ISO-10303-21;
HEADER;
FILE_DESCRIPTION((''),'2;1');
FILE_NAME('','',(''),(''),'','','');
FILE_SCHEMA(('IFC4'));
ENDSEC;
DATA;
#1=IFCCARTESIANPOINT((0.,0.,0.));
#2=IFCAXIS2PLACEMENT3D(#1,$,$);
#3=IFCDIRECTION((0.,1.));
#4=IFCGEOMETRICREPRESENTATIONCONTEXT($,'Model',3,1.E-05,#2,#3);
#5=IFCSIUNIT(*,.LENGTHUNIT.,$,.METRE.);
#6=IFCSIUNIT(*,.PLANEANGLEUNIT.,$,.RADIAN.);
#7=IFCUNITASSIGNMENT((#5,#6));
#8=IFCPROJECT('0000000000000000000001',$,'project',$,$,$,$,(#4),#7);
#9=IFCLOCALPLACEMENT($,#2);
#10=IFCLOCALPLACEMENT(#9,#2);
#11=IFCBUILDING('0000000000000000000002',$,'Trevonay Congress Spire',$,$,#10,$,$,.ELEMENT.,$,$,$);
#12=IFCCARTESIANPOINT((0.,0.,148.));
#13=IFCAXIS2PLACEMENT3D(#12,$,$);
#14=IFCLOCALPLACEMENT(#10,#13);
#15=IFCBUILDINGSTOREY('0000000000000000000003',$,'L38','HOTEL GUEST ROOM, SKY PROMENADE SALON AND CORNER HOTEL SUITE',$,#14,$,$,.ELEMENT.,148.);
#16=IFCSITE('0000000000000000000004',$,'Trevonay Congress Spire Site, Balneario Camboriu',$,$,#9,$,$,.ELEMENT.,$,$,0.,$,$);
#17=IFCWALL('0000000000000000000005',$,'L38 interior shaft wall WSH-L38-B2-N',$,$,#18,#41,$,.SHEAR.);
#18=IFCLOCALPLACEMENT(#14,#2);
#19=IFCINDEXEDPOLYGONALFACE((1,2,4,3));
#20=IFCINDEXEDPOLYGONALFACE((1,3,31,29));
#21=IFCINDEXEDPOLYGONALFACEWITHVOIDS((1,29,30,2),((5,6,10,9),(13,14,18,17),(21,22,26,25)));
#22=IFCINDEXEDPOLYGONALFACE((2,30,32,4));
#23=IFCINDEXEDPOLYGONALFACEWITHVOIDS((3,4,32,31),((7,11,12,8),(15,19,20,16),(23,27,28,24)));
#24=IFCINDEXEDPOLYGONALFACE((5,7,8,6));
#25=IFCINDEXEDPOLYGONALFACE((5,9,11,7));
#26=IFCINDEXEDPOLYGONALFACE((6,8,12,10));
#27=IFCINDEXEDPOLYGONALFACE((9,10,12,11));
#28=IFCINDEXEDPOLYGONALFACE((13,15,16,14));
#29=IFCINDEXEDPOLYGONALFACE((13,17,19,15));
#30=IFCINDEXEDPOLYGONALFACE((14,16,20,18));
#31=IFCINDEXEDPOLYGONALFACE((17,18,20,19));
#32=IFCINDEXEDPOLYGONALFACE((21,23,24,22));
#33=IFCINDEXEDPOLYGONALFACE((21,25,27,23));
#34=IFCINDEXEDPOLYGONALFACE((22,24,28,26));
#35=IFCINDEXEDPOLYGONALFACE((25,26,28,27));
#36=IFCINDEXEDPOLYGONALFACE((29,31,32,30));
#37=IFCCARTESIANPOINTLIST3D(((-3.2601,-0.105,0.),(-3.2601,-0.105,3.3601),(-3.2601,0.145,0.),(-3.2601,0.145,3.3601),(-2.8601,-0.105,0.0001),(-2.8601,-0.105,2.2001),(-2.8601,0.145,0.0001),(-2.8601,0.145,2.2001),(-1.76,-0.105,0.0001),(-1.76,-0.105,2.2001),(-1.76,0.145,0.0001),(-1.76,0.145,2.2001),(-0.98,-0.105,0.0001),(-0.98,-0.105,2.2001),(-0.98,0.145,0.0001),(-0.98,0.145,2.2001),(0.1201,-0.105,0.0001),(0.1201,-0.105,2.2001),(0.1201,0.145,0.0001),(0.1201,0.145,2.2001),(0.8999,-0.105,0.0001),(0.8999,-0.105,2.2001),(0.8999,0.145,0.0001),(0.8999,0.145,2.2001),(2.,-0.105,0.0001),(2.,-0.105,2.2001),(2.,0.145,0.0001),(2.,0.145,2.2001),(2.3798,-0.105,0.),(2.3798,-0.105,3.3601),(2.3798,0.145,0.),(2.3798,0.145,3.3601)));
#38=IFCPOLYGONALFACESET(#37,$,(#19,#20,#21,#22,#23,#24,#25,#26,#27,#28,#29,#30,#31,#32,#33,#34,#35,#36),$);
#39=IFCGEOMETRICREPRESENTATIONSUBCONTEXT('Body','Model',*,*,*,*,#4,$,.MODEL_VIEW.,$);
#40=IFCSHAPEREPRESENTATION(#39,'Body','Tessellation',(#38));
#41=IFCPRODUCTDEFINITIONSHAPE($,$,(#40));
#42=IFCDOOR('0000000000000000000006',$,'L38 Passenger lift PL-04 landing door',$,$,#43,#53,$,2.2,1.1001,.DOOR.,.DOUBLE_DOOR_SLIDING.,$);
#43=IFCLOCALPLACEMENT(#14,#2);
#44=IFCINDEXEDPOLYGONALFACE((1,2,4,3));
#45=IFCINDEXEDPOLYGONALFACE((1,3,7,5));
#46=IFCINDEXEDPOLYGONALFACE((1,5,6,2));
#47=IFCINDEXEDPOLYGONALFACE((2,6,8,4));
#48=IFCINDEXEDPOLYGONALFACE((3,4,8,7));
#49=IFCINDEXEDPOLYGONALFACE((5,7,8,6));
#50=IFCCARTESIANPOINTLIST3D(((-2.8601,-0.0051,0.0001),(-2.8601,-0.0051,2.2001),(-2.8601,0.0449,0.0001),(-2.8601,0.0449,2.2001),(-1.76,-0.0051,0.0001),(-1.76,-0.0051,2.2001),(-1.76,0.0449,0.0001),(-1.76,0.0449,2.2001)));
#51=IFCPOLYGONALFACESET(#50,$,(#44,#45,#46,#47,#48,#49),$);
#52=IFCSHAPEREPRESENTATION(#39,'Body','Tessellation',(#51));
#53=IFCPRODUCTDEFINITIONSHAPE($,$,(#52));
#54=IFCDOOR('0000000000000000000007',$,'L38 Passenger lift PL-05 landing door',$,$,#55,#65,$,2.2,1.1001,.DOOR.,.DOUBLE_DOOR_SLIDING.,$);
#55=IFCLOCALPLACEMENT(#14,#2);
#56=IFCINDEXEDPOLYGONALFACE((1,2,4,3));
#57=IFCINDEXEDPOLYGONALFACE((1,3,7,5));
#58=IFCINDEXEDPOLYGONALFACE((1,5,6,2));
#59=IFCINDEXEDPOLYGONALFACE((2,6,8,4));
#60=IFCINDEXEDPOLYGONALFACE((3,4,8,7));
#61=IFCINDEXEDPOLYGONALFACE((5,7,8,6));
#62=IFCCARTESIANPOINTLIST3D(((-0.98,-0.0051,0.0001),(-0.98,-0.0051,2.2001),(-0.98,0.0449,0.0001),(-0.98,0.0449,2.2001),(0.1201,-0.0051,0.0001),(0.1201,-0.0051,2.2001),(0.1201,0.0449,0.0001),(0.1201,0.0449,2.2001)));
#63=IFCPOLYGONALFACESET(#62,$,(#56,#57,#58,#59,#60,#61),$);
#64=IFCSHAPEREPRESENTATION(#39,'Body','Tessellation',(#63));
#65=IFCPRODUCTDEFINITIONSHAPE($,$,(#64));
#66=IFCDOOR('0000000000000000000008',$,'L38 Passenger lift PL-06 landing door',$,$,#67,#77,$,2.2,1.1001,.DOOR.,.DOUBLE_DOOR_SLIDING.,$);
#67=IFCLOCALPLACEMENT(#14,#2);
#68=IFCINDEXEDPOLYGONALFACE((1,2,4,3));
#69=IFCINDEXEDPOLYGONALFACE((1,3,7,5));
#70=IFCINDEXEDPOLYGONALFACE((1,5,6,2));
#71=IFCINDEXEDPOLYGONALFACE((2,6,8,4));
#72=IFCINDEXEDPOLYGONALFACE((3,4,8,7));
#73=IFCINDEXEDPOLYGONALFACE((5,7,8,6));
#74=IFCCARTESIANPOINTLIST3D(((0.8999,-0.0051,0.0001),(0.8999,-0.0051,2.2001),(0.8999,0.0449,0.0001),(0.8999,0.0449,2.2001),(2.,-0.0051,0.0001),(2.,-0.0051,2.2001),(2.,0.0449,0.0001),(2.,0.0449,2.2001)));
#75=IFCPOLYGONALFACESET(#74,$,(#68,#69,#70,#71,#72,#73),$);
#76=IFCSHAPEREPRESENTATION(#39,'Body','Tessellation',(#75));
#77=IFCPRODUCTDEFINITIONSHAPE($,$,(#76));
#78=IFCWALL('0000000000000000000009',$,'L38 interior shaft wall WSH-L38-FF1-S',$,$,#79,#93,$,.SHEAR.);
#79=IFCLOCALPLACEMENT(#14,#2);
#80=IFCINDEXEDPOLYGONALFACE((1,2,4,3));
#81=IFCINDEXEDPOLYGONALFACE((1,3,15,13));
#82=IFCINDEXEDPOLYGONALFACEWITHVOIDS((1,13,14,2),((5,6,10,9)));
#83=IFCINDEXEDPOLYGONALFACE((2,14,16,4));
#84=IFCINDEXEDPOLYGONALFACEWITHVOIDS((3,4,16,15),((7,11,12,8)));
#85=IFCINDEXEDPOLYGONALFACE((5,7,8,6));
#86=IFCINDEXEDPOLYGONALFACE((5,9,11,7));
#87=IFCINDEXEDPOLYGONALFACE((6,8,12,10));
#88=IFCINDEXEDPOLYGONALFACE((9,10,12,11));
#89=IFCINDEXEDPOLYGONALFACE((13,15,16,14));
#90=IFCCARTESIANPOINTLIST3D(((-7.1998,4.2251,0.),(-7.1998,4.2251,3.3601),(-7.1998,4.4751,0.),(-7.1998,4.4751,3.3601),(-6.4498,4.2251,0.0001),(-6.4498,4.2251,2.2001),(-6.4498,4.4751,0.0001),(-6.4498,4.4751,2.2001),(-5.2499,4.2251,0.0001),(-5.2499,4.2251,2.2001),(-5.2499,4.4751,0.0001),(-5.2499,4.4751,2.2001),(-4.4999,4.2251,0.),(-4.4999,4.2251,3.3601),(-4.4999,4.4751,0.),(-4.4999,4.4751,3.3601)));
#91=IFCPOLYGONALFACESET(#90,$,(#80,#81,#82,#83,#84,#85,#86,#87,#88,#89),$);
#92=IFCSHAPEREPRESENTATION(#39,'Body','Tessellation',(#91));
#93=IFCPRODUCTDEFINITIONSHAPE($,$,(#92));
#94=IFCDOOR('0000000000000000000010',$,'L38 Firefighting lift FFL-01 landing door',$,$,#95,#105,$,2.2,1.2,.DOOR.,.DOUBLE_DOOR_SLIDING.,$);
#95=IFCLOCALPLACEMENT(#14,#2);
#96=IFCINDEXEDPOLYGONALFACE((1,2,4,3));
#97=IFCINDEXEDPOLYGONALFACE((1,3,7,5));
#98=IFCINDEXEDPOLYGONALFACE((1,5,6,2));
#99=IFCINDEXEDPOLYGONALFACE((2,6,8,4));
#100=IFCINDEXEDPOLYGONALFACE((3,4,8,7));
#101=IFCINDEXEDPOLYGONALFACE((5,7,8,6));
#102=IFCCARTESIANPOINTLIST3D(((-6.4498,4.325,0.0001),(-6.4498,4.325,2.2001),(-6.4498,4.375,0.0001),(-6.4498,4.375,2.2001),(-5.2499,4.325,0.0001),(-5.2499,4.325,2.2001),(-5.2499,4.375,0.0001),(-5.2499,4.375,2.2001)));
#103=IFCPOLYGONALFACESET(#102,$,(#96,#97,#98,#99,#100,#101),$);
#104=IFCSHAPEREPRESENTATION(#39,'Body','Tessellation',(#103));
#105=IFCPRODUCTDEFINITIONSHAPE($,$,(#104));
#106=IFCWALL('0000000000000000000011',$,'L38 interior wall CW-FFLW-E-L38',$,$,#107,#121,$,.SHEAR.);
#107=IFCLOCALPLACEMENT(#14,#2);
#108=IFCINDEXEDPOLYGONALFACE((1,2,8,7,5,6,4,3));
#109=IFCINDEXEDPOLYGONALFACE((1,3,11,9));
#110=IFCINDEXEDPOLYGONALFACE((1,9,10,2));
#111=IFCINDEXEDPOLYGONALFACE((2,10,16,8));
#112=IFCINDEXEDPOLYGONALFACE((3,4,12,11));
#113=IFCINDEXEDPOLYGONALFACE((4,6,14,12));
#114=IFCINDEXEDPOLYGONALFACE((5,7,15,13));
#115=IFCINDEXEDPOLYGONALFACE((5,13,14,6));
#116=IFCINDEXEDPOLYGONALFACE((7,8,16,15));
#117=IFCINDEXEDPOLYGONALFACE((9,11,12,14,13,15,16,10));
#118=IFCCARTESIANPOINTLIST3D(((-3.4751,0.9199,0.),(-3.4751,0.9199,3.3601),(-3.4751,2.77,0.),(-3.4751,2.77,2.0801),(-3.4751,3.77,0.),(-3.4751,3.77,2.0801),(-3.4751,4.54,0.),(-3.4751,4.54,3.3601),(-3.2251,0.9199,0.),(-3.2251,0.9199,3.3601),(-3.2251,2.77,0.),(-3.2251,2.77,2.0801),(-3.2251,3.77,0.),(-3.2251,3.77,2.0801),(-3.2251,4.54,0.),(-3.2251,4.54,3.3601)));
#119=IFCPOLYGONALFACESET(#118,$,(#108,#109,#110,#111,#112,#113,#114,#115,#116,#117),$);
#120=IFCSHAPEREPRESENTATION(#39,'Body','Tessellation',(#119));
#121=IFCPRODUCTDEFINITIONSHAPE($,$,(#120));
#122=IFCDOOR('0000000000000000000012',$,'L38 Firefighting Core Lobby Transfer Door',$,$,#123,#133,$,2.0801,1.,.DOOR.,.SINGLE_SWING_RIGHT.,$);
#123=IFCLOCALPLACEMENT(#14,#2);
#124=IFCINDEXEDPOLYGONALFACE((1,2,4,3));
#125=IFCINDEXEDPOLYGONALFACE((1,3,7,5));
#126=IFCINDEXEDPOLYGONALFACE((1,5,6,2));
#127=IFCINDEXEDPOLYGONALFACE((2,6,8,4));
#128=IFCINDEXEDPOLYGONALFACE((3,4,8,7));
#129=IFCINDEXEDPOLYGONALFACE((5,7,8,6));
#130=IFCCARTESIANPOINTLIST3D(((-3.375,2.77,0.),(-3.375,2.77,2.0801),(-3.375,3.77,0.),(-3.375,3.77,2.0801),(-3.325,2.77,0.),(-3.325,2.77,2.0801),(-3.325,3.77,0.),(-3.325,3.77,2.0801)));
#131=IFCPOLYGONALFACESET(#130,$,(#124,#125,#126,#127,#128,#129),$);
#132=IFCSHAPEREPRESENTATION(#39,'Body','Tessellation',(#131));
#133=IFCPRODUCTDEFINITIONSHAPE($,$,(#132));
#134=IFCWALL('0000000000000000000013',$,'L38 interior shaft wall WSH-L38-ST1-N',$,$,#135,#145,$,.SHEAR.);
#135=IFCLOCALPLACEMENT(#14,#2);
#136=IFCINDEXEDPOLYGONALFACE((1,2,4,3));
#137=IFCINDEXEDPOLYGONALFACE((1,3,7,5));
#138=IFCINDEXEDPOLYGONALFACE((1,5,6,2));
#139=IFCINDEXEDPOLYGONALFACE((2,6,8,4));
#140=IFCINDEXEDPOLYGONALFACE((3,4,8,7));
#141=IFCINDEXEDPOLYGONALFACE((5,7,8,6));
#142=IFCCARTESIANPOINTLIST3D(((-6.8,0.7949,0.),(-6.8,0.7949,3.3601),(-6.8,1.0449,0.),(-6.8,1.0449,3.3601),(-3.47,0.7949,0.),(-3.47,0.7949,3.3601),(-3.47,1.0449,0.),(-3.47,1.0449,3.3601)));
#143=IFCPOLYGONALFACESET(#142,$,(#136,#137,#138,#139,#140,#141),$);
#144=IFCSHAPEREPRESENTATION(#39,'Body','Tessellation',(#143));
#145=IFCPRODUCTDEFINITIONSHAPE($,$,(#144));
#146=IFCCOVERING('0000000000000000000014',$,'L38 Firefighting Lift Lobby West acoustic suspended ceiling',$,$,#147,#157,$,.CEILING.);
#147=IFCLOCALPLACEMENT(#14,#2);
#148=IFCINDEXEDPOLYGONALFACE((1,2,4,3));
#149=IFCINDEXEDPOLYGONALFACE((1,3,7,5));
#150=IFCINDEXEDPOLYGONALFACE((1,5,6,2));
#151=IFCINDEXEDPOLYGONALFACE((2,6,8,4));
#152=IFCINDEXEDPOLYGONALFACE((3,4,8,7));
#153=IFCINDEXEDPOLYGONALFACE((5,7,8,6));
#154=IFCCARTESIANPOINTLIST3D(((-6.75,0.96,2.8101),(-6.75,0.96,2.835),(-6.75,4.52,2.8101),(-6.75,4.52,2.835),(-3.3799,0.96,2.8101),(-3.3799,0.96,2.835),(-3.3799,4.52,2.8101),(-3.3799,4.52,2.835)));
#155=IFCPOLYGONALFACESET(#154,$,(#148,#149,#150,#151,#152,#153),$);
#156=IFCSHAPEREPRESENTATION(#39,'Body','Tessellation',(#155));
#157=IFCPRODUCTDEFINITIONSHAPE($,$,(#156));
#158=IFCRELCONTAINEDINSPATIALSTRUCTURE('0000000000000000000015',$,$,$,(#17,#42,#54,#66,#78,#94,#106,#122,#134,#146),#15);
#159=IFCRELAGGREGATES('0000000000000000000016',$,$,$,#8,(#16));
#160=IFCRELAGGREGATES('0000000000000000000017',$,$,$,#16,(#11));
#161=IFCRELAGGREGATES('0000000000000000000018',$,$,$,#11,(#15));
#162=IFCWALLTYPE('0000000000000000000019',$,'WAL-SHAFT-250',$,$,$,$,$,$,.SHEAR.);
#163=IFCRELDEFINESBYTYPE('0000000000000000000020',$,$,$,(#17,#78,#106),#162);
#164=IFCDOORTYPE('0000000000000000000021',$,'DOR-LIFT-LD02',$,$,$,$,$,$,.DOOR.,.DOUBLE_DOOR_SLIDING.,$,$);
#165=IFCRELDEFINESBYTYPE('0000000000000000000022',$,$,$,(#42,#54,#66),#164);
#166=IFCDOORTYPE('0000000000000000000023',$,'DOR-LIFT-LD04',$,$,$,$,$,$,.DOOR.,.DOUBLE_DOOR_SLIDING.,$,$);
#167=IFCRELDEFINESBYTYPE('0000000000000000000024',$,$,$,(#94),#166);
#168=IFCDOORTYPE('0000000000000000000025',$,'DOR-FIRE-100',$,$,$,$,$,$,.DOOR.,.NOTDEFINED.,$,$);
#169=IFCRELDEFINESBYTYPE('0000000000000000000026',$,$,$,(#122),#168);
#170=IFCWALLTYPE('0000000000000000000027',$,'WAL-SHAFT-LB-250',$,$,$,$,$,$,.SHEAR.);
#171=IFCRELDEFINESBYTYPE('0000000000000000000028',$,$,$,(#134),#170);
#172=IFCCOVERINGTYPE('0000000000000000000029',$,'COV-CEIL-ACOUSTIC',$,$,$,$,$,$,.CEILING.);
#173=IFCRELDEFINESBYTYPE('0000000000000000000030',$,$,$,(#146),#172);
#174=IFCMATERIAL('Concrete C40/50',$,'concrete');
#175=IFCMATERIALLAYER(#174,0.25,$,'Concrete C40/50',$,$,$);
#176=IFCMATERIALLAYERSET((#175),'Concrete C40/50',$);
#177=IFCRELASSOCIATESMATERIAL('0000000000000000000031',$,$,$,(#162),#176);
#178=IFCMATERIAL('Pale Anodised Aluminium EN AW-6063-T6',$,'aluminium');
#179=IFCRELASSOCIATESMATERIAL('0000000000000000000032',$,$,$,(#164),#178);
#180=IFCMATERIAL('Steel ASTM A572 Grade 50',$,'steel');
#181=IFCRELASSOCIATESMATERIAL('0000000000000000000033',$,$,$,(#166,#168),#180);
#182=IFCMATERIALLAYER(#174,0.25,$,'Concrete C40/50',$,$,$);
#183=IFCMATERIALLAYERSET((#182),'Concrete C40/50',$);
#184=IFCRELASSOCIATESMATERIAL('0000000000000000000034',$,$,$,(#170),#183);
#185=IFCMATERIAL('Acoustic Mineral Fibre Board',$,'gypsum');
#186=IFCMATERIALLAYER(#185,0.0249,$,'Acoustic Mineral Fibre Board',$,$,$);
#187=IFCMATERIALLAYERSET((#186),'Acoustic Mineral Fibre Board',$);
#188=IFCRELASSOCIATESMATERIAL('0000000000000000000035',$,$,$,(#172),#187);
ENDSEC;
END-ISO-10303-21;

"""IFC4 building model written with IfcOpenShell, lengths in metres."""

from ifc_helpers import new_model, si_unit, direction, frame, frame_2d, origin, place, context, subcontext, project, spatial, polyline, rectangle, outline, extrude, material, layer, layer_set, type_object, element, fill, save


model = new_model("IFC4")

# Units and contexts
model_context = context("Model", 3, precision=1e-05, world=origin(), true_north=direction((0.0, 1.0)))
body_context = subcontext(model_context, "Body", "Model", "MODEL_VIEW")
ifc_project = project(units=[si_unit("LENGTHUNIT", "METRE"), si_unit("PLANEANGLEUNIT", "RADIAN")], contexts=[model_context])

# Site, building, storey
site_placement = place(None, origin())
site = spatial("IfcSite", under=ifc_project, at=site_placement, Name="Trevonay Congress Spire Site, Balneario Camboriu", CompositionType="ELEMENT", RefElevation=0.0)
building_placement = place(site_placement, origin())
building = spatial("IfcBuilding", under=site, at=building_placement, Name="Trevonay Congress Spire", CompositionType="ELEMENT")
storey_placement = place(building_placement, frame((0.0, 0.0, 148.0)))
storey = spatial("IfcBuildingStorey", under=building, at=storey_placement, Name="L38", Description="HOTEL GUEST ROOM, SKY PROMENADE SALON AND CORNER HOTEL SUITE", CompositionType="ELEMENT", Elevation=148.0)

# Shared definitions
ifc_material_1 = material(Name="Steel ASTM A572 Grade 50", Category="steel")

# Shared definitions
ifc_material_2 = material(Name="Concrete C40/50", Category="concrete")

# Wall, openings, doors
ifc_layer_1 = layer(ifc_material_2, 0.25, Name="Concrete C40/50")
ifc_layer_set_1 = layer_set([ifc_layer_1], Name="Concrete C40/50")
wall_type_1 = type_object("IfcWallType", Name="WAL-SHAFT-250", PredefinedType="SHEAR", material=ifc_layer_set_1)
wall_1_placement = place(storey_placement, frame((-3.26, 0.02, 0.0), z_axis=(0.0, 0.0, 1.0), x_axis=(1.0, 0.0, 0.0)))
wall_1 = element("IfcWall", 1, at=wall_1_placement, inside=storey, type_object=wall_type_1, Name="L38 interior shaft wall WSH-L38-B2-N", PredefinedType="SHEAR", context=body_context, shape_type="SweptSolid", body=[
    extrude(rectangle(XDim=5.6399, YDim=0.25, at=frame_2d((2.8198, 0.0))), origin(), (0.0, 0.0, 1.0), 3.3601),
])
opening_1_placement = place(wall_1_placement, frame((0.3999, 0.0, 0.0)))
opening_1 = element("IfcOpeningElement", 2, at=opening_1_placement, cuts=wall_1, PredefinedType="OPENING", context=body_context, shape_type="SweptSolid", body=[
    extrude(rectangle(XDim=1.1001, YDim=2.2, at=frame_2d((0.55, 1.1001))), frame((0.0, 0.135, 0.0), z_axis=(0.0, -1.0, 0.0), x_axis=(1.0, 0.0, 0.0)), (0.0, 0.0, 1.0), 0.27),
])
opening_2_placement = place(wall_1_placement, frame((2.28, 0.0, 0.0)))
opening_2 = element("IfcOpeningElement", 3, at=opening_2_placement, cuts=wall_1, PredefinedType="OPENING", context=body_context, shape_type="SweptSolid", body=[
    extrude(rectangle(XDim=1.1001, YDim=2.2, at=frame_2d((0.55, 1.1001))), frame((0.0, 0.135, 0.0), z_axis=(0.0, -1.0, 0.0), x_axis=(1.0, 0.0, 0.0)), (0.0, 0.0, 1.0), 0.27),
])
opening_3_placement = place(wall_1_placement, frame((4.1599, 0.0, 0.0)))
opening_3 = element("IfcOpeningElement", 4, at=opening_3_placement, cuts=wall_1, PredefinedType="OPENING", context=body_context, shape_type="SweptSolid", body=[
    extrude(rectangle(XDim=1.1001, YDim=2.2, at=frame_2d((0.55, 1.1001))), frame((0.0, 0.135, 0.0), z_axis=(0.0, -1.0, 0.0), x_axis=(1.0, 0.0, 0.0)), (0.0, 0.0, 1.0), 0.27),
])
ifc_material_3 = material(Name="Pale Anodised Aluminium EN AW-6063-T6", Category="aluminium")
door_type_1 = type_object("IfcDoorType", Name="DOR-LIFT-LD02", OperationType="DOUBLE_DOOR_SLIDING", PredefinedType="DOOR", material=ifc_material_3)
door_1_placement = place(opening_1_placement, origin())
door_1 = element("IfcDoor", 5, at=door_1_placement, inside=storey, type_object=door_type_1, Name="L38 Passenger lift PL-04 landing door", OperationType="DOUBLE_DOOR_SLIDING", OverallHeight=2.2, OverallWidth=1.1001, PredefinedType="DOOR", context=body_context, shape_type="SweptSolid", body=[
    extrude(rectangle(XDim=1.1001, YDim=2.2, at=frame_2d((0.55, 1.1001))), frame((0.0, 0.0249, 0.0), z_axis=(0.0, -1.0, 0.0), x_axis=(1.0, 0.0, 0.0)), (0.0, 0.0, 1.0), 0.05),
])
fill(opening_1, door_1)
door_2_placement = place(opening_2_placement, origin())
door_2 = element("IfcDoor", 6, at=door_2_placement, inside=storey, type_object=door_type_1, Name="L38 Passenger lift PL-05 landing door", OperationType="DOUBLE_DOOR_SLIDING", OverallHeight=2.2, OverallWidth=1.1001, PredefinedType="DOOR", context=body_context, shape_type="SweptSolid", body=[
    extrude(rectangle(XDim=1.1001, YDim=2.2, at=frame_2d((0.55, 1.1001))), frame((0.0, 0.0249, 0.0), z_axis=(0.0, -1.0, 0.0), x_axis=(1.0, 0.0, 0.0)), (0.0, 0.0, 1.0), 0.05),
])
fill(opening_2, door_2)
door_3_placement = place(opening_3_placement, origin())
door_3 = element("IfcDoor", 7, at=door_3_placement, inside=storey, type_object=door_type_1, Name="L38 Passenger lift PL-06 landing door", OperationType="DOUBLE_DOOR_SLIDING", OverallHeight=2.2, OverallWidth=1.1001, PredefinedType="DOOR", context=body_context, shape_type="SweptSolid", body=[
    extrude(rectangle(XDim=1.1001, YDim=2.2, at=frame_2d((0.55, 1.1001))), frame((0.0, 0.0249, 0.0), z_axis=(0.0, -1.0, 0.0), x_axis=(1.0, 0.0, 0.0)), (0.0, 0.0, 1.0), 0.05),
])
fill(opening_3, door_3)

# Walls, openings, doors
wall_2_placement = place(storey_placement, frame((-7.2, 4.3501, 0.0), z_axis=(0.0, 0.0, 1.0), x_axis=(1.0, 0.0, 0.0)))
wall_2 = element("IfcWall", 8, at=wall_2_placement, inside=storey, type_object=wall_type_1, Name="L38 interior shaft wall WSH-L38-FF1-S", PredefinedType="SHEAR", context=body_context, shape_type="SweptSolid", body=[
    extrude(rectangle(XDim=2.7, YDim=0.25, at=frame_2d((1.3501, 0.0))), origin(), (0.0, 0.0, 1.0), 3.3601),
])
opening_4_placement = place(wall_2_placement, frame((0.75, 0.0, 0.0)))
opening_4 = element("IfcOpeningElement", 9, at=opening_4_placement, cuts=wall_2, PredefinedType="OPENING", context=body_context, shape_type="SweptSolid", body=[
    extrude(rectangle(XDim=1.2, YDim=2.2, at=frame_2d((0.6001, 1.1001))), frame((0.0, 0.135, 0.0), z_axis=(0.0, -1.0, 0.0), x_axis=(1.0, 0.0, 0.0)), (0.0, 0.0, 1.0), 0.27),
])
door_type_2 = type_object("IfcDoorType", Name="DOR-LIFT-LD04", OperationType="DOUBLE_DOOR_SLIDING", PredefinedType="DOOR", material=ifc_material_1)
door_4_placement = place(opening_4_placement, origin())
door_4 = element("IfcDoor", 10, at=door_4_placement, inside=storey, type_object=door_type_2, Name="L38 Firefighting lift FFL-01 landing door", OperationType="DOUBLE_DOOR_SLIDING", OverallHeight=2.2, OverallWidth=1.2, PredefinedType="DOOR", context=body_context, shape_type="SweptSolid", body=[
    extrude(rectangle(XDim=1.2, YDim=2.2, at=frame_2d((0.6001, 1.1001))), frame((0.0, 0.0249, 0.0), z_axis=(0.0, -1.0, 0.0), x_axis=(1.0, 0.0, 0.0)), (0.0, 0.0, 1.0), 0.05),
])
fill(opening_4, door_4)
wall_3_placement = place(storey_placement, frame((-3.3501, 0.9199, 0.0), z_axis=(0.0, 0.0, 1.0), x_axis=(0.0, 1.0, 0.0)))
wall_3 = element("IfcWall", 11, at=wall_3_placement, inside=storey, type_object=wall_type_1, Name="L38 interior wall CW-FFLW-E-L38", PredefinedType="SHEAR", context=body_context, shape_type="SweptSolid", body=[
    extrude(rectangle(XDim=3.6201, YDim=0.25, at=frame_2d((1.8101, 0.0))), origin(), (0.0, 0.0, 1.0), 3.3601),
])
opening_5_placement = place(wall_3_placement, frame((1.8501, 0.0, 0.0)))
opening_5 = element("IfcOpeningElement", 12, at=opening_5_placement, cuts=wall_3, PredefinedType="OPENING", context=body_context, shape_type="SweptSolid", body=[
    extrude(rectangle(XDim=1.0, YDim=2.0801, at=frame_2d((0.5, 1.04))), frame((0.0, 0.135, 0.0), z_axis=(0.0, -1.0, 0.0), x_axis=(1.0, 0.0, 0.0)), (0.0, 0.0, 1.0), 0.27),
])
door_type_3 = type_object("IfcDoorType", Name="DOR-FIRE-100", OperationType="NOTDEFINED", PredefinedType="DOOR", material=ifc_material_1)
door_5_placement = place(opening_5_placement, origin())
door_5 = element("IfcDoor", 13, at=door_5_placement, inside=storey, type_object=door_type_3, Name="L38 Firefighting Core Lobby Transfer Door", OperationType="SINGLE_SWING_RIGHT", OverallHeight=2.0801, OverallWidth=1.0, PredefinedType="DOOR", context=body_context, shape_type="SweptSolid", body=[
    extrude(rectangle(XDim=1.0, YDim=2.0801, at=frame_2d((0.5, 1.04))), frame((0.0, 0.0249, 0.0), z_axis=(0.0, -1.0, 0.0), x_axis=(1.0, 0.0, 0.0)), (0.0, 0.0, 1.0), 0.05),
])
fill(opening_5, door_5)

# Wall
ifc_layer_2 = layer(ifc_material_2, 0.25, Name="Concrete C40/50")
ifc_layer_set_2 = layer_set([ifc_layer_2], Name="Concrete C40/50")
wall_type_2 = type_object("IfcWallType", Name="WAL-SHAFT-LB-250", PredefinedType="SHEAR", material=ifc_layer_set_2)
wall_4_placement = place(storey_placement, frame((-6.8, 0.9199, 0.0), z_axis=(0.0, 0.0, 1.0), x_axis=(1.0, 0.0, 0.0)))
element("IfcWall", 14, at=wall_4_placement, inside=storey, type_object=wall_type_2, Name="L38 interior shaft wall WSH-L38-ST1-N", PredefinedType="SHEAR", context=body_context, shape_type="SweptSolid", body=[
    extrude(rectangle(XDim=3.3301, YDim=0.25, at=frame_2d((1.665, 0.0))), origin(), (0.0, 0.0, 1.0), 3.3601),
])

# Covering
ifc_material_4 = material(Name="Acoustic Mineral Fibre Board", Category="gypsum")
ifc_layer_3 = layer(ifc_material_4, 0.0249, Name="Acoustic Mineral Fibre Board")
ifc_layer_set_3 = layer_set([ifc_layer_3], Name="Acoustic Mineral Fibre Board")
covering_type_1 = type_object("IfcCoveringType", Name="COV-CEIL-ACOUSTIC", PredefinedType="CEILING", material=ifc_layer_set_3)
covering_1_placement = place(storey_placement, frame((0.0, 0.0, 2.8101)))
element("IfcCovering", 15, at=covering_1_placement, inside=storey, type_object=covering_type_1, Name="L38 Firefighting Lift Lobby West acoustic suspended ceiling", PredefinedType="CEILING", context=body_context, shape_type="SweptSolid", body=[
    extrude(outline(polyline([(-6.75, 0.96), (-3.3799, 0.96), (-3.3799, 4.52), (-6.75, 4.52), (-6.75, 0.96)])), origin(), (0.0, 0.0, 1.0), 0.0249),
])

save(model, "model.ifc")
